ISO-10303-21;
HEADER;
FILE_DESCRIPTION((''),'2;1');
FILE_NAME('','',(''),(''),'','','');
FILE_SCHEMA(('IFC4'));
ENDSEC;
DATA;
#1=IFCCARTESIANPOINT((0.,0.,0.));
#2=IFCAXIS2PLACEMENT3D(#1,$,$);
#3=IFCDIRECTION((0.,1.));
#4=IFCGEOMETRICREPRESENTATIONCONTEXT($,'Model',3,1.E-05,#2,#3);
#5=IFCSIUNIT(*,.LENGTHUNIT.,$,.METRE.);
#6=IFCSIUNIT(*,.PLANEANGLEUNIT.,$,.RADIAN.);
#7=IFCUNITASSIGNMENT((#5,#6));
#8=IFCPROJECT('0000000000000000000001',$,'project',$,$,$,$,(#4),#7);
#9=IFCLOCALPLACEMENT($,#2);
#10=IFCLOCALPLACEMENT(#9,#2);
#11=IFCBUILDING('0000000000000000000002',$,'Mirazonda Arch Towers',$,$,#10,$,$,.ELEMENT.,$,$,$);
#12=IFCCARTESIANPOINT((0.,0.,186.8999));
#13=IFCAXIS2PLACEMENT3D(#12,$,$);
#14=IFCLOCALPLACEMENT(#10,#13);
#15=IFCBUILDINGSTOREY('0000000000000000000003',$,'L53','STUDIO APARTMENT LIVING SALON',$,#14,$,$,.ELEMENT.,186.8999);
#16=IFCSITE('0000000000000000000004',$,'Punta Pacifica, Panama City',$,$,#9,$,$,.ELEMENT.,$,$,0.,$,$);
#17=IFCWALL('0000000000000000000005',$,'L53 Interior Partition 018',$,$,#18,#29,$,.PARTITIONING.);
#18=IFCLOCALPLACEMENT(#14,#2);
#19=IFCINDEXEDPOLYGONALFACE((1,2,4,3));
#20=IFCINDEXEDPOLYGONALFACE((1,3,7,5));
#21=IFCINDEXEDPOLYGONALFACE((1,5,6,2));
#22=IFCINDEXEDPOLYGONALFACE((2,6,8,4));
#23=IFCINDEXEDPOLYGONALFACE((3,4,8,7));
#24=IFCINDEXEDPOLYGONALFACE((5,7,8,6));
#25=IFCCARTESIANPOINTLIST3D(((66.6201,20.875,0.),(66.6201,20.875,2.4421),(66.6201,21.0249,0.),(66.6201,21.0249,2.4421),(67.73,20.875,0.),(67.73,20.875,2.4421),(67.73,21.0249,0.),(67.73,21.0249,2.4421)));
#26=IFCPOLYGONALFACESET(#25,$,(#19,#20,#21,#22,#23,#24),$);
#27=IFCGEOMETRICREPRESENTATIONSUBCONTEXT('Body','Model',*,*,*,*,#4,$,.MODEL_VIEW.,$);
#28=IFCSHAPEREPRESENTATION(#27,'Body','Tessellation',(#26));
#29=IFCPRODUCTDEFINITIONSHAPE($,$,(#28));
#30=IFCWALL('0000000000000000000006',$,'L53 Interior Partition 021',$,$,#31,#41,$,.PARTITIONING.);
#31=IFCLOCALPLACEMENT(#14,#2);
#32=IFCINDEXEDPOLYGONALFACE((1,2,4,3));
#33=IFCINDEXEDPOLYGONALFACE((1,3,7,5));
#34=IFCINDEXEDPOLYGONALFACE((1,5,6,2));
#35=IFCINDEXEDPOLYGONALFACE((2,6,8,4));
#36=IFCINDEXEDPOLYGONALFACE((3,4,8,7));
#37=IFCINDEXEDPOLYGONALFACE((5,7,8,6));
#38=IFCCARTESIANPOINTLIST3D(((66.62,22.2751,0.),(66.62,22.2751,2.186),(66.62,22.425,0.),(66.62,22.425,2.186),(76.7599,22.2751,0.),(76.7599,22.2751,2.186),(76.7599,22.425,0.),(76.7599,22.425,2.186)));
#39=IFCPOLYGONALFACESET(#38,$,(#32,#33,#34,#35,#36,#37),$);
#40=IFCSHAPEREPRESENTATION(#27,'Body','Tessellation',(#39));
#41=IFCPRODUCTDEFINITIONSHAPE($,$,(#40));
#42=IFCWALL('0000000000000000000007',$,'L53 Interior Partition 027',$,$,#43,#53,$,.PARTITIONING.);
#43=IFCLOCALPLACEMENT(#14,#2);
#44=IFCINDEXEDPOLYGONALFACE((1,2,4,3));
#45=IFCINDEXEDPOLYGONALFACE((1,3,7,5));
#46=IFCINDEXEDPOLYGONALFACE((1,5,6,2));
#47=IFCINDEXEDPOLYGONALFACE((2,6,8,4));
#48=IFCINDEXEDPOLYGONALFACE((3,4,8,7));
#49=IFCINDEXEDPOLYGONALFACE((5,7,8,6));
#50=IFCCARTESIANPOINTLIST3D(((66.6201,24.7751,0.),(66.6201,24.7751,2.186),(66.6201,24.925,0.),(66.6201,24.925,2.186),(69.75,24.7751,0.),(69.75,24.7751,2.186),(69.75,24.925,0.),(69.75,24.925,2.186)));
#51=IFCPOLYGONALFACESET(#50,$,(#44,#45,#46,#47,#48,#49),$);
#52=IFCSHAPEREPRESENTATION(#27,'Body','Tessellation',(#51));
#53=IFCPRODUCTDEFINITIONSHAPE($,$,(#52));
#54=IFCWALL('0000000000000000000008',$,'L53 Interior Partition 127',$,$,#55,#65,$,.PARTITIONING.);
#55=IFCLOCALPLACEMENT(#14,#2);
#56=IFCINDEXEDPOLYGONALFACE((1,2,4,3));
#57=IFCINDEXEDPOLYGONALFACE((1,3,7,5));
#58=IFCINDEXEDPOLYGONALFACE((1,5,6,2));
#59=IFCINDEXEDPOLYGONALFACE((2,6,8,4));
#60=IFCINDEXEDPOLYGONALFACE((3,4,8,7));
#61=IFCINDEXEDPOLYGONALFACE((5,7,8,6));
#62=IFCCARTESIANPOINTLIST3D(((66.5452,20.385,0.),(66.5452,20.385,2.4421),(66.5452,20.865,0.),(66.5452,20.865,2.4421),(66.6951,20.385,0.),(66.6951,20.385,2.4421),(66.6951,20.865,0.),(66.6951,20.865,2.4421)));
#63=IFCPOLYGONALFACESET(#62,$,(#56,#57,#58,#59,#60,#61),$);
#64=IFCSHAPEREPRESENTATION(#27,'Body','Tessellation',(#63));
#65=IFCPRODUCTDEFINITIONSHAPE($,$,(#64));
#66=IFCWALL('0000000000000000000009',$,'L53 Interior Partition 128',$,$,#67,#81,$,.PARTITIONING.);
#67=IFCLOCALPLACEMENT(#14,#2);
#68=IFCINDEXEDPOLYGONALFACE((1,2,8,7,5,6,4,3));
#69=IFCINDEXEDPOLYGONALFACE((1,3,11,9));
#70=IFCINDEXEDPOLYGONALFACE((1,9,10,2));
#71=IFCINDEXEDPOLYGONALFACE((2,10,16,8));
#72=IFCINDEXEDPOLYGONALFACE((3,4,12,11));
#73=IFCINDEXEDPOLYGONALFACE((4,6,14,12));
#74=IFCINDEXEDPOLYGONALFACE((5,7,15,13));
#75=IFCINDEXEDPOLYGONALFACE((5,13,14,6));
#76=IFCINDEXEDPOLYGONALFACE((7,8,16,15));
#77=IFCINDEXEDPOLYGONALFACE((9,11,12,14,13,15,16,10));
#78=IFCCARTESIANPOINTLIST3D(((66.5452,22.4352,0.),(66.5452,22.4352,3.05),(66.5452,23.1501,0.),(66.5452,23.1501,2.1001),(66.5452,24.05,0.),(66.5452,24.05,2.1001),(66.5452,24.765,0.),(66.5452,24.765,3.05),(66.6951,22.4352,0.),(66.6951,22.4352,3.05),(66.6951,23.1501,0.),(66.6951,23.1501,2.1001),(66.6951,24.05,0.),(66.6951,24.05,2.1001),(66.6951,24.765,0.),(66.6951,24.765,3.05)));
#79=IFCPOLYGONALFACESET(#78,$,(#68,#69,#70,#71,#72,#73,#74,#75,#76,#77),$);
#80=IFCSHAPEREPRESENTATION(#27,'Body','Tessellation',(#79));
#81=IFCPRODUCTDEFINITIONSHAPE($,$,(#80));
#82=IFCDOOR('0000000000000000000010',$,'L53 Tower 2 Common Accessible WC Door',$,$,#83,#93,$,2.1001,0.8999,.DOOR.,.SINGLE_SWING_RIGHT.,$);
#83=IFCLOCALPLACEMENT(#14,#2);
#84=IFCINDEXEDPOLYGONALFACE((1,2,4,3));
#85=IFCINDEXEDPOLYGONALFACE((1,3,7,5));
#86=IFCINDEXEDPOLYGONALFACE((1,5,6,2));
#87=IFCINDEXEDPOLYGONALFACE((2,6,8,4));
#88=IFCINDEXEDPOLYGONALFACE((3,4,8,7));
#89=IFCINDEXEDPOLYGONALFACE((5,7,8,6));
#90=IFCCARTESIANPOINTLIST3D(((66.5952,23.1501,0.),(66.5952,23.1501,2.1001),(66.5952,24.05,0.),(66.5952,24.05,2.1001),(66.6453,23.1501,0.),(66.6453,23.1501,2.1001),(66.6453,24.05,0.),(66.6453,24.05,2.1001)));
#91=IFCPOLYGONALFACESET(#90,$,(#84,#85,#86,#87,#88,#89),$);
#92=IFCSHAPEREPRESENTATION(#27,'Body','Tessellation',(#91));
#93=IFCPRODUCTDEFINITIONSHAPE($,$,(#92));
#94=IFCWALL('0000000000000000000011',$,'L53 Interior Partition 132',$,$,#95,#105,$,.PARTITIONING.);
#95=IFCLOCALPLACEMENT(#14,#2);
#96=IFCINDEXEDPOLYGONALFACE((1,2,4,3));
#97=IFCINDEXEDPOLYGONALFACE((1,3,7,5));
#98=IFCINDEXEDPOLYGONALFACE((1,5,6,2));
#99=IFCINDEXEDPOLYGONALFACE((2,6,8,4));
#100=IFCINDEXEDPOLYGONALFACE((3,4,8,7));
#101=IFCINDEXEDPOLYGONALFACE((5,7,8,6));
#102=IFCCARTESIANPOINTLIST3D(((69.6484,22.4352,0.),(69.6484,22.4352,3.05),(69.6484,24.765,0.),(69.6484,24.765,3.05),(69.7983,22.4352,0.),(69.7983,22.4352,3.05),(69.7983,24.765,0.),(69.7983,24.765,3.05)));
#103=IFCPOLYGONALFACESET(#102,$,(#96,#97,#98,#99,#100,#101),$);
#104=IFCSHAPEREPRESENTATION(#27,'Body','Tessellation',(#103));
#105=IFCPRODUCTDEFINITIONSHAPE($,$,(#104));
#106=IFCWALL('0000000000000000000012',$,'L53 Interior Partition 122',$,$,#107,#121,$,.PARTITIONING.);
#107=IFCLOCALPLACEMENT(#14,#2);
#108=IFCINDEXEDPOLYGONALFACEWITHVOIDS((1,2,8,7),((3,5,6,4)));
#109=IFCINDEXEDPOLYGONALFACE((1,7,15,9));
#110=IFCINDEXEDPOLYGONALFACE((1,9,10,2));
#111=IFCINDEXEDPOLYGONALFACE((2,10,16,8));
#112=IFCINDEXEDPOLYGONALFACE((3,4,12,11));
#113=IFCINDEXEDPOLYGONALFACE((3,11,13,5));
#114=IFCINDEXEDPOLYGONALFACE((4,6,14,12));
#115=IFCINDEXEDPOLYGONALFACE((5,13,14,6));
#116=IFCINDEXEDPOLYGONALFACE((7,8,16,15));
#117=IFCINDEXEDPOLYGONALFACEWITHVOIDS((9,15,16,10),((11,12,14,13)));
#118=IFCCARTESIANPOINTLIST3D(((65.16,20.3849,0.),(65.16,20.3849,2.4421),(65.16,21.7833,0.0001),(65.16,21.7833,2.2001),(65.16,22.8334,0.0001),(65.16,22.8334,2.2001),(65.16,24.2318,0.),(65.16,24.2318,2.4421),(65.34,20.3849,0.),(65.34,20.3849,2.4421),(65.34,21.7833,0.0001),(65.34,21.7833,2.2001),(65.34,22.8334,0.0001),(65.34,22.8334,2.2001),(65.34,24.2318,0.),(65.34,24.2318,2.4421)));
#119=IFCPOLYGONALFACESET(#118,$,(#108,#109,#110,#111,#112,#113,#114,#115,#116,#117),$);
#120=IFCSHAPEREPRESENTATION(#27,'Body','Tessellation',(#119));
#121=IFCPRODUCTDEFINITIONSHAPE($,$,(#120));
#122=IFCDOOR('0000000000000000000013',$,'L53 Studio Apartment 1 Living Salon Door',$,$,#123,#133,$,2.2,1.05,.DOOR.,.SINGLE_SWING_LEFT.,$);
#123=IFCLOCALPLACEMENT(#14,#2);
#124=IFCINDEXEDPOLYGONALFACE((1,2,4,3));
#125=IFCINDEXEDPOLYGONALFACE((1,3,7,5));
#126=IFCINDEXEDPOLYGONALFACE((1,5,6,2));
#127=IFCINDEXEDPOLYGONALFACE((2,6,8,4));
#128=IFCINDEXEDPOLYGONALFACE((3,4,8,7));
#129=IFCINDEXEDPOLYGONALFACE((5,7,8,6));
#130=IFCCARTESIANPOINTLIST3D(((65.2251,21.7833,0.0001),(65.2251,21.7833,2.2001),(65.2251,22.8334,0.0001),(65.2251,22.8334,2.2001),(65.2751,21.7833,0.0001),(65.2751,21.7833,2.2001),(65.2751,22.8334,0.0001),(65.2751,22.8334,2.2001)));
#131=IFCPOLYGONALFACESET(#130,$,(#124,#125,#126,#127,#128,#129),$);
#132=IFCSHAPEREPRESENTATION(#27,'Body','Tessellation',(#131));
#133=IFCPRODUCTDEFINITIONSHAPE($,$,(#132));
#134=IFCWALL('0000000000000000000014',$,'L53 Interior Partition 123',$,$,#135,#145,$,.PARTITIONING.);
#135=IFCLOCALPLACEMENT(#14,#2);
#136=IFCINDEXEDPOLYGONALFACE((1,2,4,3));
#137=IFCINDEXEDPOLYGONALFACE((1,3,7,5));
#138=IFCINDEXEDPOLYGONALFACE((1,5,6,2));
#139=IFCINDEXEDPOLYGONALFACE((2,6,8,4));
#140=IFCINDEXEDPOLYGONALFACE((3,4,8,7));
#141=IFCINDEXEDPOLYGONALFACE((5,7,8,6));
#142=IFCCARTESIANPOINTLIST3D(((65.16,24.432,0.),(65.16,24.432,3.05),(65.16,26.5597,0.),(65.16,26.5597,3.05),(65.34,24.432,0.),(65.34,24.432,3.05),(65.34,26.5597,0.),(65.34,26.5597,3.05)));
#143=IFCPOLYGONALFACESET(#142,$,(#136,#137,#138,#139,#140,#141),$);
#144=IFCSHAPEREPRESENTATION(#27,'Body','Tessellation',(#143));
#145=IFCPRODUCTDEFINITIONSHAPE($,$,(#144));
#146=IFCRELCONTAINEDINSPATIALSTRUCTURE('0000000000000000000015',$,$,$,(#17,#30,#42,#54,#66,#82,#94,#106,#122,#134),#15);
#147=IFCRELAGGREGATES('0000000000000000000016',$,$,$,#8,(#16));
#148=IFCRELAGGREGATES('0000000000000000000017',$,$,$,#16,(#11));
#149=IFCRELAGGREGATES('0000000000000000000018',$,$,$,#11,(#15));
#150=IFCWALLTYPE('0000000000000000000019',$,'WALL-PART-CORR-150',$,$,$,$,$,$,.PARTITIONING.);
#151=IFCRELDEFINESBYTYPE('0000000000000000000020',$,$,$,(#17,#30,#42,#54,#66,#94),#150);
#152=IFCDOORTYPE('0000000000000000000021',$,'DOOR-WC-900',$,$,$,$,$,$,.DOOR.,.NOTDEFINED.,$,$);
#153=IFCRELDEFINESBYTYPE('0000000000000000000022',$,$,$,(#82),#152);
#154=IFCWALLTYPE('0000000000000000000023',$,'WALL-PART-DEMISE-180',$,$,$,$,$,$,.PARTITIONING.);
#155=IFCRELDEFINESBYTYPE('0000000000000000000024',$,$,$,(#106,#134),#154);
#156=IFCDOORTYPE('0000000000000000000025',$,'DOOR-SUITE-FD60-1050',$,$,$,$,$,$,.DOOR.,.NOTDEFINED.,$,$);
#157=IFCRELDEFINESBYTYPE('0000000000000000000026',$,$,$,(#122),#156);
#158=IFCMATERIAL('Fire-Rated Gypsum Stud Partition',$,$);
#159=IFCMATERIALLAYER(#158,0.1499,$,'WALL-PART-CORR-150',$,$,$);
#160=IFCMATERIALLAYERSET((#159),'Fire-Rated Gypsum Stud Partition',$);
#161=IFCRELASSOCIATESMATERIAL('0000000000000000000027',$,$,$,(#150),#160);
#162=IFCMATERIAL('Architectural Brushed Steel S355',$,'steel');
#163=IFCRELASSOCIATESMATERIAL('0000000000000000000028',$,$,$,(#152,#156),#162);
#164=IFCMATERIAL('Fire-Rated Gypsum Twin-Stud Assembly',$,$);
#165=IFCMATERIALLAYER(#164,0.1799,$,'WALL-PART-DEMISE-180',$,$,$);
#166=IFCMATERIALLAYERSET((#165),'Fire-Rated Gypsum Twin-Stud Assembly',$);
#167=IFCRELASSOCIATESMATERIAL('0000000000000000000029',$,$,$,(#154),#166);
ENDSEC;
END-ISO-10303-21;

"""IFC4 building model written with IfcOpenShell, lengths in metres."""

from ifc_helpers import new_model, si_unit, direction, frame, frame_2d, origin, place, context, subcontext, project, spatial, rectangle, extrude, material, layer, layer_set, type_object, element, fill, save


model = new_model("IFC4")

# Units and contexts
model_context = context("Model", 3, precision=1e-05, world=origin(), true_north=direction((0.0, 1.0)))
body_context = subcontext(model_context, "Body", "Model", "MODEL_VIEW")
ifc_project = project(units=[si_unit("LENGTHUNIT", "METRE"), si_unit("PLANEANGLEUNIT", "RADIAN")], contexts=[model_context])

# Site, building, storey
site_placement = place(None, origin())
site = spatial("IfcSite", under=ifc_project, at=site_placement, Name="Punta Pacifica, Panama City", CompositionType="ELEMENT", RefElevation=0.0)
building_placement = place(site_placement, origin())
building = spatial("IfcBuilding", under=site, at=building_placement, Name="Mirazonda Arch Towers", CompositionType="ELEMENT")
storey_placement = place(building_placement, frame((0.0, 0.0, 186.8999)))
storey = spatial("IfcBuildingStorey", under=building, at=storey_placement, Name="L53", Description="STUDIO APARTMENT LIVING SALON", CompositionType="ELEMENT", Elevation=186.8999)

# Shared definitions
ifc_material_1 = material(Name="Architectural Brushed Steel S355", Category="steel")

# Walls
ifc_material_2 = material(Name="Fire-Rated Gypsum Stud Partition")
ifc_layer_1 = layer(ifc_material_2, 0.1499, Name="WALL-PART-CORR-150")
ifc_layer_set_1 = layer_set([ifc_layer_1], Name="Fire-Rated Gypsum Stud Partition")
wall_type_1 = type_object("IfcWallType", Name="WALL-PART-CORR-150", PredefinedType="PARTITIONING", material=ifc_layer_set_1)
wall_1_placement = place(storey_placement, frame((66.6201, 20.95, 0.0), z_axis=(0.0, 0.0, 1.0), x_axis=(1.0, 0.0, 0.0)))
element("IfcWall", 1, at=wall_1_placement, inside=storey, type_object=wall_type_1, Name="L53 Interior Partition 018", PredefinedType="PARTITIONING", context=body_context, shape_type="SweptSolid", body=[
    extrude(rectangle(XDim=1.1099, YDim=0.1499, at=frame_2d((0.5549, 0.0))), origin(), (0.0, 0.0, 1.0), 2.4421),
])
wall_2_placement = place(storey_placement, frame((66.6201, 22.3501, 0.0), z_axis=(0.0, 0.0, 1.0), x_axis=(1.0, 0.0, 0.0)))
element("IfcWall", 2, at=wall_2_placement, inside=storey, type_object=wall_type_1, Name="L53 Interior Partition 021", PredefinedType="PARTITIONING", context=body_context, shape_type="SweptSolid", body=[
    extrude(rectangle(XDim=10.1399, YDim=0.1499, at=frame_2d((5.0698, 0.0))), origin(), (0.0, 0.0, 1.0), 2.186),
])
wall_3_placement = place(storey_placement, frame((66.6201, 24.8501, 0.0), z_axis=(0.0, 0.0, 1.0), x_axis=(1.0, 0.0, 0.0)))
element("IfcWall", 3, at=wall_3_placement, inside=storey, type_object=wall_type_1, Name="L53 Interior Partition 027", PredefinedType="PARTITIONING", context=body_context, shape_type="SweptSolid", body=[
    extrude(rectangle(XDim=3.1299, YDim=0.1499, at=frame_2d((1.5649, 0.0))), origin(), (0.0, 0.0, 1.0), 2.186),
])
wall_4_placement = place(storey_placement, frame((66.6201, 20.385, 0.0), z_axis=(0.0, 0.0, 1.0), x_axis=(0.0, 1.0, 0.0)))
element("IfcWall", 4, at=wall_4_placement, inside=storey, type_object=wall_type_1, Name="L53 Interior Partition 127", PredefinedType="PARTITIONING", context=body_context, shape_type="SweptSolid", body=[
    extrude(rectangle(XDim=0.48, YDim=0.1499, at=frame_2d((0.24, 0.0))), origin(), (0.0, 0.0, 1.0), 2.4421),
])

# Wall, opening, door
wall_5_placement = place(storey_placement, frame((66.6201, 22.4351, 0.0), z_axis=(0.0, 0.0, 1.0), x_axis=(0.0, 1.0, 0.0)))
wall_5 = element("IfcWall", 5, at=wall_5_placement, inside=storey, type_object=wall_type_1, Name="L53 Interior Partition 128", PredefinedType="PARTITIONING", context=body_context, shape_type="SweptSolid", body=[
    extrude(rectangle(XDim=2.3298, YDim=0.1499, at=frame_2d((1.165, 0.0))), origin(), (0.0, 0.0, 1.0), 3.05),
])
opening_1_placement = place(wall_5_placement, frame((0.7151, 0.0, 0.0)))
opening_1 = element("IfcOpeningElement", 6, at=opening_1_placement, cuts=wall_5, PredefinedType="OPENING", context=body_context, shape_type="SweptSolid", body=[
    extrude(rectangle(XDim=0.8999, YDim=2.1001, at=frame_2d((0.45, 1.05))), frame((0.0, 0.085, 0.0), z_axis=(0.0, -1.0, 0.0), x_axis=(1.0, 0.0, 0.0)), (0.0, 0.0, 1.0), 0.1699),
])
door_type_1 = type_object("IfcDoorType", Name="DOOR-WC-900", OperationType="NOTDEFINED", PredefinedType="DOOR", material=ifc_material_1)
door_1_placement = place(opening_1_placement, origin())
door_1 = element("IfcDoor", 7, at=door_1_placement, inside=storey, type_object=door_type_1, Name="L53 Tower 2 Common Accessible WC Door", OperationType="SINGLE_SWING_RIGHT", OverallHeight=2.1001, OverallWidth=0.8999, PredefinedType="DOOR", context=body_context, shape_type="SweptSolid", body=[
    extrude(rectangle(XDim=0.8999, YDim=2.1001, at=frame_2d((0.45, 1.05))), frame((0.0, 0.0249, 0.0), z_axis=(0.0, -1.0, 0.0), x_axis=(1.0, 0.0, 0.0)), (0.0, 0.0, 1.0), 0.05),
])
fill(opening_1, door_1)

# Wall
wall_6_placement = place(storey_placement, frame((69.7234, 22.4351, 0.0), z_axis=(0.0, 0.0, 1.0), x_axis=(0.0, 1.0, 0.0)))
element("IfcWall", 8, at=wall_6_placement, inside=storey, type_object=wall_type_1, Name="L53 Interior Partition 132", PredefinedType="PARTITIONING", context=body_context, shape_type="SweptSolid", body=[
    extrude(rectangle(XDim=2.3298, YDim=0.1499, at=frame_2d((1.165, 0.0))), origin(), (0.0, 0.0, 1.0), 3.05),
])

# Wall, opening, door
ifc_material_3 = material(Name="Fire-Rated Gypsum Twin-Stud Assembly")
ifc_layer_2 = layer(ifc_material_3, 0.1799, Name="WALL-PART-DEMISE-180")
ifc_layer_set_2 = layer_set([ifc_layer_2], Name="Fire-Rated Gypsum Twin-Stud Assembly")
wall_type_2 = type_object("IfcWallType", Name="WALL-PART-DEMISE-180", PredefinedType="PARTITIONING", material=ifc_layer_set_2)
wall_7_placement = place(storey_placement, frame((65.25, 20.385, 0.0), z_axis=(0.0, 0.0, 1.0), x_axis=(0.0, 1.0, 0.0)))
wall_7 = element("IfcWall", 9, at=wall_7_placement, inside=storey, type_object=wall_type_2, Name="L53 Interior Partition 122", PredefinedType="PARTITIONING", context=body_context, shape_type="SweptSolid", body=[
    extrude(rectangle(XDim=3.8469, YDim=0.1799, at=frame_2d((1.9233, 0.0))), origin(), (0.0, 0.0, 1.0), 2.4421),
])
opening_2_placement = place(wall_7_placement, frame((1.3984, 0.0, 0.0)))
opening_2 = element("IfcOpeningElement", 10, at=opening_2_placement, cuts=wall_7, PredefinedType="OPENING", context=body_context, shape_type="SweptSolid", body=[
    extrude(rectangle(XDim=1.05, YDim=2.2, at=frame_2d((0.5249, 1.1001))), frame((0.0, 0.0999, 0.0), z_axis=(0.0, -1.0, 0.0), x_axis=(1.0, 0.0, 0.0)), (0.0, 0.0, 1.0), 0.2),
])
door_type_2 = type_object("IfcDoorType", Name="DOOR-SUITE-FD60-1050", OperationType="NOTDEFINED", PredefinedType="DOOR", material=ifc_material_1)
door_2_placement = place(opening_2_placement, origin())
door_2 = element("IfcDoor", 11, at=door_2_placement, inside=storey, type_object=door_type_2, Name="L53 Studio Apartment 1 Living Salon Door", OperationType="SINGLE_SWING_LEFT", OverallHeight=2.2, OverallWidth=1.05, PredefinedType="DOOR", context=body_context, shape_type="SweptSolid", body=[
    extrude(rectangle(XDim=1.05, YDim=2.2, at=frame_2d((0.5249, 1.1001))), frame((0.0, 0.0249, 0.0), z_axis=(0.0, -1.0, 0.0), x_axis=(1.0, 0.0, 0.0)), (0.0, 0.0, 1.0), 0.05),
])
fill(opening_2, door_2)

# Wall
wall_8_placement = place(storey_placement, frame((65.25, 24.4319, 0.0), z_axis=(0.0, 0.0, 1.0), x_axis=(0.0, 1.0, 0.0)))
element("IfcWall", 12, at=wall_8_placement, inside=storey, type_object=wall_type_2, Name="L53 Interior Partition 123", PredefinedType="PARTITIONING", context=body_context, shape_type="SweptSolid", body=[
    extrude(rectangle(XDim=2.1277, YDim=0.1799, at=frame_2d((1.064, 0.0))), origin(), (0.0, 0.0, 1.0), 3.05),
])

save(model, "model.ifc")
